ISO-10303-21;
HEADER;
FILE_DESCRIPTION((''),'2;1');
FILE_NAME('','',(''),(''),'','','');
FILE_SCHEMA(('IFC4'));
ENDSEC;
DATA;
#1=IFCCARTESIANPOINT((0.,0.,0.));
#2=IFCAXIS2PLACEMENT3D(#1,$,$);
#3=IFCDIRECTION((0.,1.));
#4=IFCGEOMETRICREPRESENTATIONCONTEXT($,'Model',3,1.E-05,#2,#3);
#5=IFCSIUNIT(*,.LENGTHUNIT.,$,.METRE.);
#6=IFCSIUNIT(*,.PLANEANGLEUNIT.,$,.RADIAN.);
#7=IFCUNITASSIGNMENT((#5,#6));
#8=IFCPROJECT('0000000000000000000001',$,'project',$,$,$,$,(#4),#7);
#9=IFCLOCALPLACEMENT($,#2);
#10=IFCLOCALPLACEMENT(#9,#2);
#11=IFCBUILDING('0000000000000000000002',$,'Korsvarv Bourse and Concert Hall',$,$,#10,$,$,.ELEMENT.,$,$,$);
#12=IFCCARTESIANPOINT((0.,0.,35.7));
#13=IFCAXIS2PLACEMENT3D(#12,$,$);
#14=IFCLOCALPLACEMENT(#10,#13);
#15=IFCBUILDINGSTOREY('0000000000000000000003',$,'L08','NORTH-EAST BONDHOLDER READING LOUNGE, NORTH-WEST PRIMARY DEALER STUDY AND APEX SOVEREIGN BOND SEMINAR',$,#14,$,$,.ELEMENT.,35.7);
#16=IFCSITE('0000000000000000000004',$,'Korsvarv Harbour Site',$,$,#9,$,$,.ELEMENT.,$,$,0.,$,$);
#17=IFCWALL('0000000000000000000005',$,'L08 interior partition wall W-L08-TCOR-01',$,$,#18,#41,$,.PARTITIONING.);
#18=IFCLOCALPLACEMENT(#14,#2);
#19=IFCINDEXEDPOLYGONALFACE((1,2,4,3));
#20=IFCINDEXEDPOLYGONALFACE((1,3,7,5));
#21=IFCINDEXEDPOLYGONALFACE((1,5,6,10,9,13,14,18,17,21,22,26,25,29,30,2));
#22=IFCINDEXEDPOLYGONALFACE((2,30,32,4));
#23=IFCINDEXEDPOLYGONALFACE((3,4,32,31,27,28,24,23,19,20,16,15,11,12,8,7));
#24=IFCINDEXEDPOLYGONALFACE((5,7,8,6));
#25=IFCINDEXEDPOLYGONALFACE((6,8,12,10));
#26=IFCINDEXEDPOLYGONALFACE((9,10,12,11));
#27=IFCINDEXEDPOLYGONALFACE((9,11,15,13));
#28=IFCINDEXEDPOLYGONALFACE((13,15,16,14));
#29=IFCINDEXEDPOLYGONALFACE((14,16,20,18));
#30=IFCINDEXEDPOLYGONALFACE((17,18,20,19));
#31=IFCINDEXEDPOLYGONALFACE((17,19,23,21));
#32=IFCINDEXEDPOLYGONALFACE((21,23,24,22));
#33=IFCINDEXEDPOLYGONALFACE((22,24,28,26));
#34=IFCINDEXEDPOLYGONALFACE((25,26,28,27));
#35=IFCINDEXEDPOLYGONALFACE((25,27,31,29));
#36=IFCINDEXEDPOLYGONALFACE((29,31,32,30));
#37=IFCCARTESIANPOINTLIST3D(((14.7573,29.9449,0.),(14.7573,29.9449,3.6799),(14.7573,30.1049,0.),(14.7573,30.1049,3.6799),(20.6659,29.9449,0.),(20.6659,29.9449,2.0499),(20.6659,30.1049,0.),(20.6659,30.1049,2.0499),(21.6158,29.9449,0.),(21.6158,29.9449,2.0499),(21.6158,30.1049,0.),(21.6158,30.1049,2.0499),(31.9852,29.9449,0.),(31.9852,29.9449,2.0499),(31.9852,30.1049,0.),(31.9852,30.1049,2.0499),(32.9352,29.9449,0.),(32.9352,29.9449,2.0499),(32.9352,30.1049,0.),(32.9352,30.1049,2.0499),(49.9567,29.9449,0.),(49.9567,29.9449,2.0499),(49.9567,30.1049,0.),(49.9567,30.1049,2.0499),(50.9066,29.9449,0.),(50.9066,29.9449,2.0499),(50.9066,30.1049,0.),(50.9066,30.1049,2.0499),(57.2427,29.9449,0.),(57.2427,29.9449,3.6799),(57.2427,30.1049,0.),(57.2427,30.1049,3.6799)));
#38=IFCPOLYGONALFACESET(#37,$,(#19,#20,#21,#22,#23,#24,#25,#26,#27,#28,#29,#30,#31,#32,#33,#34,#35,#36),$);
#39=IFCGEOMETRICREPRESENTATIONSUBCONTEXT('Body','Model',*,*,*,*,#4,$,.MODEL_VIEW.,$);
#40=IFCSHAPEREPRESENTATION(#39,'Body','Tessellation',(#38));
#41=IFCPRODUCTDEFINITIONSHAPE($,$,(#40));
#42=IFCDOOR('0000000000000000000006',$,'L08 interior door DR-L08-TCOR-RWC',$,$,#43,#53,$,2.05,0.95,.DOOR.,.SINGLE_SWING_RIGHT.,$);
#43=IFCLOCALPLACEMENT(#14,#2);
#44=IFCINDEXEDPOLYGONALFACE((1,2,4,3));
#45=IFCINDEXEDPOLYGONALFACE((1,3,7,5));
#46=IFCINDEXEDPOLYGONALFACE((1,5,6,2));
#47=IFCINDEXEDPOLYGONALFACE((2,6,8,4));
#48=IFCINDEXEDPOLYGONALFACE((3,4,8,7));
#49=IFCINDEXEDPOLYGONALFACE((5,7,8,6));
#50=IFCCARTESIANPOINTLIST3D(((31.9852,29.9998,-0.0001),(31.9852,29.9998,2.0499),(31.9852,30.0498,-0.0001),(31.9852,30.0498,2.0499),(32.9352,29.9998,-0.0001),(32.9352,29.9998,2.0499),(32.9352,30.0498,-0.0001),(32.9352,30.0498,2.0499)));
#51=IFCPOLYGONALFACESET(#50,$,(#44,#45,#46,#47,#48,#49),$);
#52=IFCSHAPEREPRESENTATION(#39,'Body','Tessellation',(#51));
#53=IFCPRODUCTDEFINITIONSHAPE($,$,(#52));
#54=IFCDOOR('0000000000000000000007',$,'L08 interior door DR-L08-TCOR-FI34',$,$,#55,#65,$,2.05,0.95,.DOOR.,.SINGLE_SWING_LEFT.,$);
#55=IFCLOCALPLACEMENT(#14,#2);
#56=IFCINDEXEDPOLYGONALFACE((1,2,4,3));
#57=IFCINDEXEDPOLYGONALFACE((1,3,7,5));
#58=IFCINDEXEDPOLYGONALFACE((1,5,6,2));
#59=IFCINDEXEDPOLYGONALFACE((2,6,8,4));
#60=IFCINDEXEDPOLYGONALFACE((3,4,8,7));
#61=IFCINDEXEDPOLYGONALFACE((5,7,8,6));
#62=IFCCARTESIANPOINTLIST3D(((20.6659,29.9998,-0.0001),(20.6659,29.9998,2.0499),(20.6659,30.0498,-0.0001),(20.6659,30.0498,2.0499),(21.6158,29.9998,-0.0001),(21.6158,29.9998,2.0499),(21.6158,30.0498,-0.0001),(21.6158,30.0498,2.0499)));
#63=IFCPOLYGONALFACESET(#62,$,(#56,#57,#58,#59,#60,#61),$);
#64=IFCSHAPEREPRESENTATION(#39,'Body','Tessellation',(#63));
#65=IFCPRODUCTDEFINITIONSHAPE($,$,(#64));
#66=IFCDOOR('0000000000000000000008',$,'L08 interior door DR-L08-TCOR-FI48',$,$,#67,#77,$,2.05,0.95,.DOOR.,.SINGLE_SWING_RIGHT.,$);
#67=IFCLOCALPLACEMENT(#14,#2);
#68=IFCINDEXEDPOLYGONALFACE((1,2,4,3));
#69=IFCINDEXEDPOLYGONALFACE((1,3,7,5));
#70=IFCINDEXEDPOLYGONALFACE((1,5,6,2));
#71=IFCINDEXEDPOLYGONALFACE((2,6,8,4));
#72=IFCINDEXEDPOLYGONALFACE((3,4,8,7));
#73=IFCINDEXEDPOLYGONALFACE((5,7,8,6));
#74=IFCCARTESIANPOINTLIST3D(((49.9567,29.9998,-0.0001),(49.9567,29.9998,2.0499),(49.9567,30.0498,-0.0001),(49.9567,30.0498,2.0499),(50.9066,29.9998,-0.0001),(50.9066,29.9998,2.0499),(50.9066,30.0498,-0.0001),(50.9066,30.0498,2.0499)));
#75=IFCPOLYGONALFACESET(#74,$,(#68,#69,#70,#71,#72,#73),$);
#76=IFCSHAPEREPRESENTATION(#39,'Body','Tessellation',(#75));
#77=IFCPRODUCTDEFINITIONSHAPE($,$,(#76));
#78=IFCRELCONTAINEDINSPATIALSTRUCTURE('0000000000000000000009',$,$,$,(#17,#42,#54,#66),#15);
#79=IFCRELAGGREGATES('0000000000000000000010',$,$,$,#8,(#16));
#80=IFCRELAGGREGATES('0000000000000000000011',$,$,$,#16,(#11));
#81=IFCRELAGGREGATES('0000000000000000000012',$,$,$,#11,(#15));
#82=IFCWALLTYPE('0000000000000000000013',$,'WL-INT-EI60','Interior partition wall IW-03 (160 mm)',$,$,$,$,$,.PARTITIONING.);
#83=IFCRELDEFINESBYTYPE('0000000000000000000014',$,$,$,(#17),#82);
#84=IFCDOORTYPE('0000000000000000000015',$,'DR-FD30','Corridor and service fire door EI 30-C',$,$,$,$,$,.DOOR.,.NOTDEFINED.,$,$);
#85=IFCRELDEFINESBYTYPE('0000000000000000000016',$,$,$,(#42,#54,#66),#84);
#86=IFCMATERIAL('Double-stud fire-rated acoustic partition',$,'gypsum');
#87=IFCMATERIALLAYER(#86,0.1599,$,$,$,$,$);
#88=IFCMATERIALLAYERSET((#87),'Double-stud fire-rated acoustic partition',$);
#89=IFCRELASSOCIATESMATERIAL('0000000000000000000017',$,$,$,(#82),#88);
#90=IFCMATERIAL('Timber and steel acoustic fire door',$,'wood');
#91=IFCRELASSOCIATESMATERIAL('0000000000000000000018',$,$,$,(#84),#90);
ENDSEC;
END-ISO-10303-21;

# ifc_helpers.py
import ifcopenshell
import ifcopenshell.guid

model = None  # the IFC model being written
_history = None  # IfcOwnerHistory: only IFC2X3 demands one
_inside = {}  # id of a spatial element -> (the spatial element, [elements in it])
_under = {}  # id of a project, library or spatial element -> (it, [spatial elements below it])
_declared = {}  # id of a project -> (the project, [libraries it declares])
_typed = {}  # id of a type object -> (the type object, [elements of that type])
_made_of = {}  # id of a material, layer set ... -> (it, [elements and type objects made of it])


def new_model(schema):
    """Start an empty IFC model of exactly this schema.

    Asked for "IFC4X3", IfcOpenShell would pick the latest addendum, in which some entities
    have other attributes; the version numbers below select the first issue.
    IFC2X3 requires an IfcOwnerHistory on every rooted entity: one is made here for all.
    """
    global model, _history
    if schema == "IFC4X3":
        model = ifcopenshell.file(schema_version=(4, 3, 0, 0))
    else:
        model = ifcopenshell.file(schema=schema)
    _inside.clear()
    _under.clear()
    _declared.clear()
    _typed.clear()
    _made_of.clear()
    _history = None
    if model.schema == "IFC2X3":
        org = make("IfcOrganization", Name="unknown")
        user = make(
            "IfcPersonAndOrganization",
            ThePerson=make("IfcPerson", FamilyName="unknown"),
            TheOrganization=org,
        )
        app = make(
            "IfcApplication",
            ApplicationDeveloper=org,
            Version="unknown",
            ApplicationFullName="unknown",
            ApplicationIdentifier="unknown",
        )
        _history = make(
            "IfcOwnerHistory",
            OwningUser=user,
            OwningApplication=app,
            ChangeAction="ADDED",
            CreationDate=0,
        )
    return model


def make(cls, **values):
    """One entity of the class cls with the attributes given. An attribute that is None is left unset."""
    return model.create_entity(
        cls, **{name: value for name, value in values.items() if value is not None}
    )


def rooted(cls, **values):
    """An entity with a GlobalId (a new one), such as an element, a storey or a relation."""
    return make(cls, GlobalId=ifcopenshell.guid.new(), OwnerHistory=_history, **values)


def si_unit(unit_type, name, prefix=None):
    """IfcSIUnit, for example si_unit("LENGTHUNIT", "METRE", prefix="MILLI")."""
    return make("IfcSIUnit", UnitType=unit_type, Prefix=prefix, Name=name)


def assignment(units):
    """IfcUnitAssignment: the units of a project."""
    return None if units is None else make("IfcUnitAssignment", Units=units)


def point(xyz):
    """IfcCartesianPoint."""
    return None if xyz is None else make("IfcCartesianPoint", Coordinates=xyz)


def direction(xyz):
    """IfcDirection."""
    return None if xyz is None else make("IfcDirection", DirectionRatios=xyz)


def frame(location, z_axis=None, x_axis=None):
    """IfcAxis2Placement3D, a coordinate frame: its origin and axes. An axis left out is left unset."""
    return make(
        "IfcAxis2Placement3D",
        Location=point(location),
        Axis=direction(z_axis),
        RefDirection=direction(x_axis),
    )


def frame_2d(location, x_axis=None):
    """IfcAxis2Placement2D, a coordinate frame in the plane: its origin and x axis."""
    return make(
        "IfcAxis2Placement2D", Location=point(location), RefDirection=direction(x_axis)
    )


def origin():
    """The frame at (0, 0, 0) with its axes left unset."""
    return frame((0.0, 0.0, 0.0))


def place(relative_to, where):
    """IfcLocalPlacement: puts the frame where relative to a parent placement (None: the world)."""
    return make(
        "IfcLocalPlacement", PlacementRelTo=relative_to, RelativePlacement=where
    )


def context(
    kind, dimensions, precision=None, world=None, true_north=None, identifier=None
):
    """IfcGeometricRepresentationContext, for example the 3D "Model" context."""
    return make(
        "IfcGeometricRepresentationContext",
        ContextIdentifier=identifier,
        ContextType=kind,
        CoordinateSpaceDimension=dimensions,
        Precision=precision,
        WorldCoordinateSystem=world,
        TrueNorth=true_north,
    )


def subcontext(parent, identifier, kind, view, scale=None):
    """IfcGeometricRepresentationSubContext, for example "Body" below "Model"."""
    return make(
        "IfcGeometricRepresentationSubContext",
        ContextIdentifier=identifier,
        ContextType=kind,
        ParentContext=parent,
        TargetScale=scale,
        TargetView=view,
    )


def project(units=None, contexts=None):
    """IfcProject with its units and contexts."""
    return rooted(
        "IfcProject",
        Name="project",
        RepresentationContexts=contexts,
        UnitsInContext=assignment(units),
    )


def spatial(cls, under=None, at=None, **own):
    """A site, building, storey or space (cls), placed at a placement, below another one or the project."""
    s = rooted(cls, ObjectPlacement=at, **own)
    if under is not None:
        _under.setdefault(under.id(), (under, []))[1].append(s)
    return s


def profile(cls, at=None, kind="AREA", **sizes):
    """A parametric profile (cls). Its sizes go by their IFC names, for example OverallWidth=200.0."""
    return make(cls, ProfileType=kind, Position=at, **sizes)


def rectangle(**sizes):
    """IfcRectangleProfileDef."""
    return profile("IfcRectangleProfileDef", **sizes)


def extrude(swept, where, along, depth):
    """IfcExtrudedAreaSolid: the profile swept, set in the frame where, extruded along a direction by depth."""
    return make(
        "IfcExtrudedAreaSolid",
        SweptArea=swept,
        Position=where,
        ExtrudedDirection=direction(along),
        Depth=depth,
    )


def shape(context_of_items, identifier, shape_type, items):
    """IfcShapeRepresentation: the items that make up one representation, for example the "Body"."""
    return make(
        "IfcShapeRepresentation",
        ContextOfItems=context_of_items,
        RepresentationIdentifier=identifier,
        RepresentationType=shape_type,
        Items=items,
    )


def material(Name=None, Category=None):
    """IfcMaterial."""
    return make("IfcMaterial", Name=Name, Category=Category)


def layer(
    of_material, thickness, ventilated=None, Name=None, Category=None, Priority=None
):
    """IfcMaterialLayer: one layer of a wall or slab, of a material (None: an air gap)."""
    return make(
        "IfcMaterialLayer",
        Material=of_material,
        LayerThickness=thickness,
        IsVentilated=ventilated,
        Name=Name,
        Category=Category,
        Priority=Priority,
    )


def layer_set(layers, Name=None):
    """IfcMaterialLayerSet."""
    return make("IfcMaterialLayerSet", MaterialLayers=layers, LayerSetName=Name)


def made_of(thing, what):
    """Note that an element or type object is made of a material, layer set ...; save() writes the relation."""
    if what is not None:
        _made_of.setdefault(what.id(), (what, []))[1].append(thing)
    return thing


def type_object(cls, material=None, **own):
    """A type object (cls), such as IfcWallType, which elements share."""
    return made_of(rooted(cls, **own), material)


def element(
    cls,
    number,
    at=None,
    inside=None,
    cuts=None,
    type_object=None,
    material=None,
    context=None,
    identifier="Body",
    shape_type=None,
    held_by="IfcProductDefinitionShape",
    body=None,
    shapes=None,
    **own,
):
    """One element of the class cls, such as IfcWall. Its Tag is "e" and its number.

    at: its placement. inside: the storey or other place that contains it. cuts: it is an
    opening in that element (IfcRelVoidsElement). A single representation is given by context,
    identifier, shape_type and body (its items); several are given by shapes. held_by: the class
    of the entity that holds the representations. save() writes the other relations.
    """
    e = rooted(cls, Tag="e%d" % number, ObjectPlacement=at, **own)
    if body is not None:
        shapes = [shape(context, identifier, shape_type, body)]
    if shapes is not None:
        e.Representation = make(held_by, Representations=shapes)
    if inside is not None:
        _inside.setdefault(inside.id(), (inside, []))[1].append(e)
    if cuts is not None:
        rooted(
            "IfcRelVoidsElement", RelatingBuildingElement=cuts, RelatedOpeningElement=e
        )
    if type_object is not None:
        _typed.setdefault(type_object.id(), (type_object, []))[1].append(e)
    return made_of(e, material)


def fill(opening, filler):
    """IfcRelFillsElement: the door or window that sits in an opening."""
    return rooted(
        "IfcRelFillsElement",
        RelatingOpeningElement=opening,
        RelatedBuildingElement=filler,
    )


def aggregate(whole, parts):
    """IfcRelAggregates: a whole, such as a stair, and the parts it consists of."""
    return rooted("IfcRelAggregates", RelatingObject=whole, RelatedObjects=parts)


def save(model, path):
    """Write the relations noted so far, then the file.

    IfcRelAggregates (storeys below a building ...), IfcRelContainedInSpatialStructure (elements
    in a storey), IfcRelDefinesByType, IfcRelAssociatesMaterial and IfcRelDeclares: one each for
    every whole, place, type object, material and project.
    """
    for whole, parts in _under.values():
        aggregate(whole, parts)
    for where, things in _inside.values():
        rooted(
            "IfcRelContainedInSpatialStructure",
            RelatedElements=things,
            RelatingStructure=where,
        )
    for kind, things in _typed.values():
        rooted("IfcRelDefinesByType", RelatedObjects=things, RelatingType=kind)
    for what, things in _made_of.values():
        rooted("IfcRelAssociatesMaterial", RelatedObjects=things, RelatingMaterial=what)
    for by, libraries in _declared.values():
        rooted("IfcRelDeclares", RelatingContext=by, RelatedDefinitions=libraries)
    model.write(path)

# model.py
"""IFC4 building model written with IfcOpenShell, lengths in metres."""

from ifc_helpers import new_model, si_unit, direction, frame, frame_2d, origin, place, context, subcontext, project, spatial, rectangle, extrude, material, layer, layer_set, type_object, element, fill, save


model = new_model("IFC4")

# Units and contexts
model_context = context("Model", 3, precision=1e-05, world=origin(), true_north=direction((0.0, 1.0)))
body_context = subcontext(model_context, "Body", "Model", "MODEL_VIEW")
ifc_project = project(units=[si_unit("LENGTHUNIT", "METRE"), si_unit("PLANEANGLEUNIT", "RADIAN")], contexts=[model_context])

# Site, building, storey
site_placement = place(None, origin())
site = spatial("IfcSite", under=ifc_project, at=site_placement, Name="Korsvarv Harbour Site", CompositionType="ELEMENT", RefElevation=0.0)
building_placement = place(site_placement, origin())
building = spatial("IfcBuilding", under=site, at=building_placement, Name="Korsvarv Bourse and Concert Hall", CompositionType="ELEMENT")
storey_placement = place(building_placement, frame((0.0, 0.0, 35.7)))
storey = spatial("IfcBuildingStorey", under=building, at=storey_placement, Name="L08", Description="NORTH-EAST BONDHOLDER READING LOUNGE, NORTH-WEST PRIMARY DEALER STUDY AND APEX SOVEREIGN BOND SEMINAR", CompositionType="ELEMENT", Elevation=35.7)

# Wall, openings, doors
ifc_material_1 = material(Name="Double-stud fire-rated acoustic partition", Category="gypsum")
ifc_layer_1 = layer(ifc_material_1, 0.1599)
ifc_layer_set_1 = layer_set([ifc_layer_1], Name="Double-stud fire-rated acoustic partition")
wall_type = type_object("IfcWallType", Name="WL-INT-EI60", Description="Interior partition wall IW-03 (160 mm)", PredefinedType="PARTITIONING", material=ifc_layer_set_1)
wall_placement = place(storey_placement, frame((14.7573, 30.0249, 0.0), z_axis=(0.0, 0.0, 1.0), x_axis=(1.0, 0.0, 0.0)))
wall = element("IfcWall", 1, at=wall_placement, inside=storey, type_object=wall_type, Name="L08 interior partition wall W-L08-TCOR-01", PredefinedType="PARTITIONING", context=body_context, shape_type="SweptSolid", body=[
    extrude(rectangle(XDim=42.4854, YDim=0.1599, at=frame_2d((21.2427, 0.0))), origin(), (0.0, 0.0, 1.0), 3.6799),
])
opening_1_placement = place(wall_placement, frame((17.2278, 0.0, 0.0)))
opening_1 = element("IfcOpeningElement", 2, at=opening_1_placement, cuts=wall, PredefinedType="OPENING", context=body_context, shape_type="SweptSolid", body=[
    extrude(rectangle(XDim=0.95, YDim=2.05, at=frame_2d((0.4751, 1.0249))), frame((0.0, 0.0898, 0.0), z_axis=(0.0, -1.0, 0.0), x_axis=(1.0, 0.0, 0.0)), (0.0, 0.0, 1.0), 0.1799),
])
opening_2_placement = place(wall_placement, frame((5.9084, 0.0, 0.0)))
opening_2 = element("IfcOpeningElement", 3, at=opening_2_placement, cuts=wall, PredefinedType="OPENING", context=body_context, shape_type="SweptSolid", body=[
    extrude(rectangle(XDim=0.95, YDim=2.05, at=frame_2d((0.4751, 1.0249))), frame((0.0, 0.0898, 0.0), z_axis=(0.0, -1.0, 0.0), x_axis=(1.0, 0.0, 0.0)), (0.0, 0.0, 1.0), 0.1799),
])
opening_3_placement = place(wall_placement, frame((35.1992, 0.0, 0.0)))
opening_3 = element("IfcOpeningElement", 4, at=opening_3_placement, cuts=wall, PredefinedType="OPENING", context=body_context, shape_type="SweptSolid", body=[
    extrude(rectangle(XDim=0.95, YDim=2.05, at=frame_2d((0.4751, 1.0249))), frame((0.0, 0.0898, 0.0), z_axis=(0.0, -1.0, 0.0), x_axis=(1.0, 0.0, 0.0)), (0.0, 0.0, 1.0), 0.1799),
])
ifc_material_2 = material(Name="Timber and steel acoustic fire door", Category="wood")
door_type = type_object("IfcDoorType", Name="DR-FD30", Description="Corridor and service fire door EI 30-C", OperationType="NOTDEFINED", PredefinedType="DOOR", material=ifc_material_2)
door_1_placement = place(opening_1_placement, origin())
door_1 = element("IfcDoor", 5, at=door_1_placement, inside=storey, type_object=door_type, Name="L08 interior door DR-L08-TCOR-RWC", OperationType="SINGLE_SWING_RIGHT", OverallHeight=2.05, OverallWidth=0.95, PredefinedType="DOOR", context=body_context, shape_type="SweptSolid", body=[
    extrude(rectangle(XDim=0.95, YDim=2.05, at=frame_2d((0.4751, 1.0249))), frame((0.0, 0.0249, 0.0), z_axis=(0.0, -1.0, 0.0), x_axis=(1.0, 0.0, 0.0)), (0.0, 0.0, 1.0), 0.05),
])
fill(opening_1, door_1)
door_2_placement = place(opening_2_placement, origin())
door_2 = element("IfcDoor", 6, at=door_2_placement, inside=storey, type_object=door_type, Name="L08 interior door DR-L08-TCOR-FI34", OperationType="SINGLE_SWING_LEFT", OverallHeight=2.05, OverallWidth=0.95, PredefinedType="DOOR", context=body_context, shape_type="SweptSolid", body=[
    extrude(rectangle(XDim=0.95, YDim=2.05, at=frame_2d((0.4751, 1.0249))), frame((0.0, 0.0249, 0.0), z_axis=(0.0, -1.0, 0.0), x_axis=(1.0, 0.0, 0.0)), (0.0, 0.0, 1.0), 0.05),
])
fill(opening_2, door_2)
door_3_placement = place(opening_3_placement, origin())
door_3 = element("IfcDoor", 7, at=door_3_placement, inside=storey, type_object=door_type, Name="L08 interior door DR-L08-TCOR-FI48", OperationType="SINGLE_SWING_RIGHT", OverallHeight=2.05, OverallWidth=0.95, PredefinedType="DOOR", context=body_context, shape_type="SweptSolid", body=[
    extrude(rectangle(XDim=0.95, YDim=2.05, at=frame_2d((0.4751, 1.0249))), frame((0.0, 0.0249, 0.0), z_axis=(0.0, -1.0, 0.0), x_axis=(1.0, 0.0, 0.0)), (0.0, 0.0, 1.0), 0.05),
])
fill(opening_3, door_3)

save(model, "model.ifc")
